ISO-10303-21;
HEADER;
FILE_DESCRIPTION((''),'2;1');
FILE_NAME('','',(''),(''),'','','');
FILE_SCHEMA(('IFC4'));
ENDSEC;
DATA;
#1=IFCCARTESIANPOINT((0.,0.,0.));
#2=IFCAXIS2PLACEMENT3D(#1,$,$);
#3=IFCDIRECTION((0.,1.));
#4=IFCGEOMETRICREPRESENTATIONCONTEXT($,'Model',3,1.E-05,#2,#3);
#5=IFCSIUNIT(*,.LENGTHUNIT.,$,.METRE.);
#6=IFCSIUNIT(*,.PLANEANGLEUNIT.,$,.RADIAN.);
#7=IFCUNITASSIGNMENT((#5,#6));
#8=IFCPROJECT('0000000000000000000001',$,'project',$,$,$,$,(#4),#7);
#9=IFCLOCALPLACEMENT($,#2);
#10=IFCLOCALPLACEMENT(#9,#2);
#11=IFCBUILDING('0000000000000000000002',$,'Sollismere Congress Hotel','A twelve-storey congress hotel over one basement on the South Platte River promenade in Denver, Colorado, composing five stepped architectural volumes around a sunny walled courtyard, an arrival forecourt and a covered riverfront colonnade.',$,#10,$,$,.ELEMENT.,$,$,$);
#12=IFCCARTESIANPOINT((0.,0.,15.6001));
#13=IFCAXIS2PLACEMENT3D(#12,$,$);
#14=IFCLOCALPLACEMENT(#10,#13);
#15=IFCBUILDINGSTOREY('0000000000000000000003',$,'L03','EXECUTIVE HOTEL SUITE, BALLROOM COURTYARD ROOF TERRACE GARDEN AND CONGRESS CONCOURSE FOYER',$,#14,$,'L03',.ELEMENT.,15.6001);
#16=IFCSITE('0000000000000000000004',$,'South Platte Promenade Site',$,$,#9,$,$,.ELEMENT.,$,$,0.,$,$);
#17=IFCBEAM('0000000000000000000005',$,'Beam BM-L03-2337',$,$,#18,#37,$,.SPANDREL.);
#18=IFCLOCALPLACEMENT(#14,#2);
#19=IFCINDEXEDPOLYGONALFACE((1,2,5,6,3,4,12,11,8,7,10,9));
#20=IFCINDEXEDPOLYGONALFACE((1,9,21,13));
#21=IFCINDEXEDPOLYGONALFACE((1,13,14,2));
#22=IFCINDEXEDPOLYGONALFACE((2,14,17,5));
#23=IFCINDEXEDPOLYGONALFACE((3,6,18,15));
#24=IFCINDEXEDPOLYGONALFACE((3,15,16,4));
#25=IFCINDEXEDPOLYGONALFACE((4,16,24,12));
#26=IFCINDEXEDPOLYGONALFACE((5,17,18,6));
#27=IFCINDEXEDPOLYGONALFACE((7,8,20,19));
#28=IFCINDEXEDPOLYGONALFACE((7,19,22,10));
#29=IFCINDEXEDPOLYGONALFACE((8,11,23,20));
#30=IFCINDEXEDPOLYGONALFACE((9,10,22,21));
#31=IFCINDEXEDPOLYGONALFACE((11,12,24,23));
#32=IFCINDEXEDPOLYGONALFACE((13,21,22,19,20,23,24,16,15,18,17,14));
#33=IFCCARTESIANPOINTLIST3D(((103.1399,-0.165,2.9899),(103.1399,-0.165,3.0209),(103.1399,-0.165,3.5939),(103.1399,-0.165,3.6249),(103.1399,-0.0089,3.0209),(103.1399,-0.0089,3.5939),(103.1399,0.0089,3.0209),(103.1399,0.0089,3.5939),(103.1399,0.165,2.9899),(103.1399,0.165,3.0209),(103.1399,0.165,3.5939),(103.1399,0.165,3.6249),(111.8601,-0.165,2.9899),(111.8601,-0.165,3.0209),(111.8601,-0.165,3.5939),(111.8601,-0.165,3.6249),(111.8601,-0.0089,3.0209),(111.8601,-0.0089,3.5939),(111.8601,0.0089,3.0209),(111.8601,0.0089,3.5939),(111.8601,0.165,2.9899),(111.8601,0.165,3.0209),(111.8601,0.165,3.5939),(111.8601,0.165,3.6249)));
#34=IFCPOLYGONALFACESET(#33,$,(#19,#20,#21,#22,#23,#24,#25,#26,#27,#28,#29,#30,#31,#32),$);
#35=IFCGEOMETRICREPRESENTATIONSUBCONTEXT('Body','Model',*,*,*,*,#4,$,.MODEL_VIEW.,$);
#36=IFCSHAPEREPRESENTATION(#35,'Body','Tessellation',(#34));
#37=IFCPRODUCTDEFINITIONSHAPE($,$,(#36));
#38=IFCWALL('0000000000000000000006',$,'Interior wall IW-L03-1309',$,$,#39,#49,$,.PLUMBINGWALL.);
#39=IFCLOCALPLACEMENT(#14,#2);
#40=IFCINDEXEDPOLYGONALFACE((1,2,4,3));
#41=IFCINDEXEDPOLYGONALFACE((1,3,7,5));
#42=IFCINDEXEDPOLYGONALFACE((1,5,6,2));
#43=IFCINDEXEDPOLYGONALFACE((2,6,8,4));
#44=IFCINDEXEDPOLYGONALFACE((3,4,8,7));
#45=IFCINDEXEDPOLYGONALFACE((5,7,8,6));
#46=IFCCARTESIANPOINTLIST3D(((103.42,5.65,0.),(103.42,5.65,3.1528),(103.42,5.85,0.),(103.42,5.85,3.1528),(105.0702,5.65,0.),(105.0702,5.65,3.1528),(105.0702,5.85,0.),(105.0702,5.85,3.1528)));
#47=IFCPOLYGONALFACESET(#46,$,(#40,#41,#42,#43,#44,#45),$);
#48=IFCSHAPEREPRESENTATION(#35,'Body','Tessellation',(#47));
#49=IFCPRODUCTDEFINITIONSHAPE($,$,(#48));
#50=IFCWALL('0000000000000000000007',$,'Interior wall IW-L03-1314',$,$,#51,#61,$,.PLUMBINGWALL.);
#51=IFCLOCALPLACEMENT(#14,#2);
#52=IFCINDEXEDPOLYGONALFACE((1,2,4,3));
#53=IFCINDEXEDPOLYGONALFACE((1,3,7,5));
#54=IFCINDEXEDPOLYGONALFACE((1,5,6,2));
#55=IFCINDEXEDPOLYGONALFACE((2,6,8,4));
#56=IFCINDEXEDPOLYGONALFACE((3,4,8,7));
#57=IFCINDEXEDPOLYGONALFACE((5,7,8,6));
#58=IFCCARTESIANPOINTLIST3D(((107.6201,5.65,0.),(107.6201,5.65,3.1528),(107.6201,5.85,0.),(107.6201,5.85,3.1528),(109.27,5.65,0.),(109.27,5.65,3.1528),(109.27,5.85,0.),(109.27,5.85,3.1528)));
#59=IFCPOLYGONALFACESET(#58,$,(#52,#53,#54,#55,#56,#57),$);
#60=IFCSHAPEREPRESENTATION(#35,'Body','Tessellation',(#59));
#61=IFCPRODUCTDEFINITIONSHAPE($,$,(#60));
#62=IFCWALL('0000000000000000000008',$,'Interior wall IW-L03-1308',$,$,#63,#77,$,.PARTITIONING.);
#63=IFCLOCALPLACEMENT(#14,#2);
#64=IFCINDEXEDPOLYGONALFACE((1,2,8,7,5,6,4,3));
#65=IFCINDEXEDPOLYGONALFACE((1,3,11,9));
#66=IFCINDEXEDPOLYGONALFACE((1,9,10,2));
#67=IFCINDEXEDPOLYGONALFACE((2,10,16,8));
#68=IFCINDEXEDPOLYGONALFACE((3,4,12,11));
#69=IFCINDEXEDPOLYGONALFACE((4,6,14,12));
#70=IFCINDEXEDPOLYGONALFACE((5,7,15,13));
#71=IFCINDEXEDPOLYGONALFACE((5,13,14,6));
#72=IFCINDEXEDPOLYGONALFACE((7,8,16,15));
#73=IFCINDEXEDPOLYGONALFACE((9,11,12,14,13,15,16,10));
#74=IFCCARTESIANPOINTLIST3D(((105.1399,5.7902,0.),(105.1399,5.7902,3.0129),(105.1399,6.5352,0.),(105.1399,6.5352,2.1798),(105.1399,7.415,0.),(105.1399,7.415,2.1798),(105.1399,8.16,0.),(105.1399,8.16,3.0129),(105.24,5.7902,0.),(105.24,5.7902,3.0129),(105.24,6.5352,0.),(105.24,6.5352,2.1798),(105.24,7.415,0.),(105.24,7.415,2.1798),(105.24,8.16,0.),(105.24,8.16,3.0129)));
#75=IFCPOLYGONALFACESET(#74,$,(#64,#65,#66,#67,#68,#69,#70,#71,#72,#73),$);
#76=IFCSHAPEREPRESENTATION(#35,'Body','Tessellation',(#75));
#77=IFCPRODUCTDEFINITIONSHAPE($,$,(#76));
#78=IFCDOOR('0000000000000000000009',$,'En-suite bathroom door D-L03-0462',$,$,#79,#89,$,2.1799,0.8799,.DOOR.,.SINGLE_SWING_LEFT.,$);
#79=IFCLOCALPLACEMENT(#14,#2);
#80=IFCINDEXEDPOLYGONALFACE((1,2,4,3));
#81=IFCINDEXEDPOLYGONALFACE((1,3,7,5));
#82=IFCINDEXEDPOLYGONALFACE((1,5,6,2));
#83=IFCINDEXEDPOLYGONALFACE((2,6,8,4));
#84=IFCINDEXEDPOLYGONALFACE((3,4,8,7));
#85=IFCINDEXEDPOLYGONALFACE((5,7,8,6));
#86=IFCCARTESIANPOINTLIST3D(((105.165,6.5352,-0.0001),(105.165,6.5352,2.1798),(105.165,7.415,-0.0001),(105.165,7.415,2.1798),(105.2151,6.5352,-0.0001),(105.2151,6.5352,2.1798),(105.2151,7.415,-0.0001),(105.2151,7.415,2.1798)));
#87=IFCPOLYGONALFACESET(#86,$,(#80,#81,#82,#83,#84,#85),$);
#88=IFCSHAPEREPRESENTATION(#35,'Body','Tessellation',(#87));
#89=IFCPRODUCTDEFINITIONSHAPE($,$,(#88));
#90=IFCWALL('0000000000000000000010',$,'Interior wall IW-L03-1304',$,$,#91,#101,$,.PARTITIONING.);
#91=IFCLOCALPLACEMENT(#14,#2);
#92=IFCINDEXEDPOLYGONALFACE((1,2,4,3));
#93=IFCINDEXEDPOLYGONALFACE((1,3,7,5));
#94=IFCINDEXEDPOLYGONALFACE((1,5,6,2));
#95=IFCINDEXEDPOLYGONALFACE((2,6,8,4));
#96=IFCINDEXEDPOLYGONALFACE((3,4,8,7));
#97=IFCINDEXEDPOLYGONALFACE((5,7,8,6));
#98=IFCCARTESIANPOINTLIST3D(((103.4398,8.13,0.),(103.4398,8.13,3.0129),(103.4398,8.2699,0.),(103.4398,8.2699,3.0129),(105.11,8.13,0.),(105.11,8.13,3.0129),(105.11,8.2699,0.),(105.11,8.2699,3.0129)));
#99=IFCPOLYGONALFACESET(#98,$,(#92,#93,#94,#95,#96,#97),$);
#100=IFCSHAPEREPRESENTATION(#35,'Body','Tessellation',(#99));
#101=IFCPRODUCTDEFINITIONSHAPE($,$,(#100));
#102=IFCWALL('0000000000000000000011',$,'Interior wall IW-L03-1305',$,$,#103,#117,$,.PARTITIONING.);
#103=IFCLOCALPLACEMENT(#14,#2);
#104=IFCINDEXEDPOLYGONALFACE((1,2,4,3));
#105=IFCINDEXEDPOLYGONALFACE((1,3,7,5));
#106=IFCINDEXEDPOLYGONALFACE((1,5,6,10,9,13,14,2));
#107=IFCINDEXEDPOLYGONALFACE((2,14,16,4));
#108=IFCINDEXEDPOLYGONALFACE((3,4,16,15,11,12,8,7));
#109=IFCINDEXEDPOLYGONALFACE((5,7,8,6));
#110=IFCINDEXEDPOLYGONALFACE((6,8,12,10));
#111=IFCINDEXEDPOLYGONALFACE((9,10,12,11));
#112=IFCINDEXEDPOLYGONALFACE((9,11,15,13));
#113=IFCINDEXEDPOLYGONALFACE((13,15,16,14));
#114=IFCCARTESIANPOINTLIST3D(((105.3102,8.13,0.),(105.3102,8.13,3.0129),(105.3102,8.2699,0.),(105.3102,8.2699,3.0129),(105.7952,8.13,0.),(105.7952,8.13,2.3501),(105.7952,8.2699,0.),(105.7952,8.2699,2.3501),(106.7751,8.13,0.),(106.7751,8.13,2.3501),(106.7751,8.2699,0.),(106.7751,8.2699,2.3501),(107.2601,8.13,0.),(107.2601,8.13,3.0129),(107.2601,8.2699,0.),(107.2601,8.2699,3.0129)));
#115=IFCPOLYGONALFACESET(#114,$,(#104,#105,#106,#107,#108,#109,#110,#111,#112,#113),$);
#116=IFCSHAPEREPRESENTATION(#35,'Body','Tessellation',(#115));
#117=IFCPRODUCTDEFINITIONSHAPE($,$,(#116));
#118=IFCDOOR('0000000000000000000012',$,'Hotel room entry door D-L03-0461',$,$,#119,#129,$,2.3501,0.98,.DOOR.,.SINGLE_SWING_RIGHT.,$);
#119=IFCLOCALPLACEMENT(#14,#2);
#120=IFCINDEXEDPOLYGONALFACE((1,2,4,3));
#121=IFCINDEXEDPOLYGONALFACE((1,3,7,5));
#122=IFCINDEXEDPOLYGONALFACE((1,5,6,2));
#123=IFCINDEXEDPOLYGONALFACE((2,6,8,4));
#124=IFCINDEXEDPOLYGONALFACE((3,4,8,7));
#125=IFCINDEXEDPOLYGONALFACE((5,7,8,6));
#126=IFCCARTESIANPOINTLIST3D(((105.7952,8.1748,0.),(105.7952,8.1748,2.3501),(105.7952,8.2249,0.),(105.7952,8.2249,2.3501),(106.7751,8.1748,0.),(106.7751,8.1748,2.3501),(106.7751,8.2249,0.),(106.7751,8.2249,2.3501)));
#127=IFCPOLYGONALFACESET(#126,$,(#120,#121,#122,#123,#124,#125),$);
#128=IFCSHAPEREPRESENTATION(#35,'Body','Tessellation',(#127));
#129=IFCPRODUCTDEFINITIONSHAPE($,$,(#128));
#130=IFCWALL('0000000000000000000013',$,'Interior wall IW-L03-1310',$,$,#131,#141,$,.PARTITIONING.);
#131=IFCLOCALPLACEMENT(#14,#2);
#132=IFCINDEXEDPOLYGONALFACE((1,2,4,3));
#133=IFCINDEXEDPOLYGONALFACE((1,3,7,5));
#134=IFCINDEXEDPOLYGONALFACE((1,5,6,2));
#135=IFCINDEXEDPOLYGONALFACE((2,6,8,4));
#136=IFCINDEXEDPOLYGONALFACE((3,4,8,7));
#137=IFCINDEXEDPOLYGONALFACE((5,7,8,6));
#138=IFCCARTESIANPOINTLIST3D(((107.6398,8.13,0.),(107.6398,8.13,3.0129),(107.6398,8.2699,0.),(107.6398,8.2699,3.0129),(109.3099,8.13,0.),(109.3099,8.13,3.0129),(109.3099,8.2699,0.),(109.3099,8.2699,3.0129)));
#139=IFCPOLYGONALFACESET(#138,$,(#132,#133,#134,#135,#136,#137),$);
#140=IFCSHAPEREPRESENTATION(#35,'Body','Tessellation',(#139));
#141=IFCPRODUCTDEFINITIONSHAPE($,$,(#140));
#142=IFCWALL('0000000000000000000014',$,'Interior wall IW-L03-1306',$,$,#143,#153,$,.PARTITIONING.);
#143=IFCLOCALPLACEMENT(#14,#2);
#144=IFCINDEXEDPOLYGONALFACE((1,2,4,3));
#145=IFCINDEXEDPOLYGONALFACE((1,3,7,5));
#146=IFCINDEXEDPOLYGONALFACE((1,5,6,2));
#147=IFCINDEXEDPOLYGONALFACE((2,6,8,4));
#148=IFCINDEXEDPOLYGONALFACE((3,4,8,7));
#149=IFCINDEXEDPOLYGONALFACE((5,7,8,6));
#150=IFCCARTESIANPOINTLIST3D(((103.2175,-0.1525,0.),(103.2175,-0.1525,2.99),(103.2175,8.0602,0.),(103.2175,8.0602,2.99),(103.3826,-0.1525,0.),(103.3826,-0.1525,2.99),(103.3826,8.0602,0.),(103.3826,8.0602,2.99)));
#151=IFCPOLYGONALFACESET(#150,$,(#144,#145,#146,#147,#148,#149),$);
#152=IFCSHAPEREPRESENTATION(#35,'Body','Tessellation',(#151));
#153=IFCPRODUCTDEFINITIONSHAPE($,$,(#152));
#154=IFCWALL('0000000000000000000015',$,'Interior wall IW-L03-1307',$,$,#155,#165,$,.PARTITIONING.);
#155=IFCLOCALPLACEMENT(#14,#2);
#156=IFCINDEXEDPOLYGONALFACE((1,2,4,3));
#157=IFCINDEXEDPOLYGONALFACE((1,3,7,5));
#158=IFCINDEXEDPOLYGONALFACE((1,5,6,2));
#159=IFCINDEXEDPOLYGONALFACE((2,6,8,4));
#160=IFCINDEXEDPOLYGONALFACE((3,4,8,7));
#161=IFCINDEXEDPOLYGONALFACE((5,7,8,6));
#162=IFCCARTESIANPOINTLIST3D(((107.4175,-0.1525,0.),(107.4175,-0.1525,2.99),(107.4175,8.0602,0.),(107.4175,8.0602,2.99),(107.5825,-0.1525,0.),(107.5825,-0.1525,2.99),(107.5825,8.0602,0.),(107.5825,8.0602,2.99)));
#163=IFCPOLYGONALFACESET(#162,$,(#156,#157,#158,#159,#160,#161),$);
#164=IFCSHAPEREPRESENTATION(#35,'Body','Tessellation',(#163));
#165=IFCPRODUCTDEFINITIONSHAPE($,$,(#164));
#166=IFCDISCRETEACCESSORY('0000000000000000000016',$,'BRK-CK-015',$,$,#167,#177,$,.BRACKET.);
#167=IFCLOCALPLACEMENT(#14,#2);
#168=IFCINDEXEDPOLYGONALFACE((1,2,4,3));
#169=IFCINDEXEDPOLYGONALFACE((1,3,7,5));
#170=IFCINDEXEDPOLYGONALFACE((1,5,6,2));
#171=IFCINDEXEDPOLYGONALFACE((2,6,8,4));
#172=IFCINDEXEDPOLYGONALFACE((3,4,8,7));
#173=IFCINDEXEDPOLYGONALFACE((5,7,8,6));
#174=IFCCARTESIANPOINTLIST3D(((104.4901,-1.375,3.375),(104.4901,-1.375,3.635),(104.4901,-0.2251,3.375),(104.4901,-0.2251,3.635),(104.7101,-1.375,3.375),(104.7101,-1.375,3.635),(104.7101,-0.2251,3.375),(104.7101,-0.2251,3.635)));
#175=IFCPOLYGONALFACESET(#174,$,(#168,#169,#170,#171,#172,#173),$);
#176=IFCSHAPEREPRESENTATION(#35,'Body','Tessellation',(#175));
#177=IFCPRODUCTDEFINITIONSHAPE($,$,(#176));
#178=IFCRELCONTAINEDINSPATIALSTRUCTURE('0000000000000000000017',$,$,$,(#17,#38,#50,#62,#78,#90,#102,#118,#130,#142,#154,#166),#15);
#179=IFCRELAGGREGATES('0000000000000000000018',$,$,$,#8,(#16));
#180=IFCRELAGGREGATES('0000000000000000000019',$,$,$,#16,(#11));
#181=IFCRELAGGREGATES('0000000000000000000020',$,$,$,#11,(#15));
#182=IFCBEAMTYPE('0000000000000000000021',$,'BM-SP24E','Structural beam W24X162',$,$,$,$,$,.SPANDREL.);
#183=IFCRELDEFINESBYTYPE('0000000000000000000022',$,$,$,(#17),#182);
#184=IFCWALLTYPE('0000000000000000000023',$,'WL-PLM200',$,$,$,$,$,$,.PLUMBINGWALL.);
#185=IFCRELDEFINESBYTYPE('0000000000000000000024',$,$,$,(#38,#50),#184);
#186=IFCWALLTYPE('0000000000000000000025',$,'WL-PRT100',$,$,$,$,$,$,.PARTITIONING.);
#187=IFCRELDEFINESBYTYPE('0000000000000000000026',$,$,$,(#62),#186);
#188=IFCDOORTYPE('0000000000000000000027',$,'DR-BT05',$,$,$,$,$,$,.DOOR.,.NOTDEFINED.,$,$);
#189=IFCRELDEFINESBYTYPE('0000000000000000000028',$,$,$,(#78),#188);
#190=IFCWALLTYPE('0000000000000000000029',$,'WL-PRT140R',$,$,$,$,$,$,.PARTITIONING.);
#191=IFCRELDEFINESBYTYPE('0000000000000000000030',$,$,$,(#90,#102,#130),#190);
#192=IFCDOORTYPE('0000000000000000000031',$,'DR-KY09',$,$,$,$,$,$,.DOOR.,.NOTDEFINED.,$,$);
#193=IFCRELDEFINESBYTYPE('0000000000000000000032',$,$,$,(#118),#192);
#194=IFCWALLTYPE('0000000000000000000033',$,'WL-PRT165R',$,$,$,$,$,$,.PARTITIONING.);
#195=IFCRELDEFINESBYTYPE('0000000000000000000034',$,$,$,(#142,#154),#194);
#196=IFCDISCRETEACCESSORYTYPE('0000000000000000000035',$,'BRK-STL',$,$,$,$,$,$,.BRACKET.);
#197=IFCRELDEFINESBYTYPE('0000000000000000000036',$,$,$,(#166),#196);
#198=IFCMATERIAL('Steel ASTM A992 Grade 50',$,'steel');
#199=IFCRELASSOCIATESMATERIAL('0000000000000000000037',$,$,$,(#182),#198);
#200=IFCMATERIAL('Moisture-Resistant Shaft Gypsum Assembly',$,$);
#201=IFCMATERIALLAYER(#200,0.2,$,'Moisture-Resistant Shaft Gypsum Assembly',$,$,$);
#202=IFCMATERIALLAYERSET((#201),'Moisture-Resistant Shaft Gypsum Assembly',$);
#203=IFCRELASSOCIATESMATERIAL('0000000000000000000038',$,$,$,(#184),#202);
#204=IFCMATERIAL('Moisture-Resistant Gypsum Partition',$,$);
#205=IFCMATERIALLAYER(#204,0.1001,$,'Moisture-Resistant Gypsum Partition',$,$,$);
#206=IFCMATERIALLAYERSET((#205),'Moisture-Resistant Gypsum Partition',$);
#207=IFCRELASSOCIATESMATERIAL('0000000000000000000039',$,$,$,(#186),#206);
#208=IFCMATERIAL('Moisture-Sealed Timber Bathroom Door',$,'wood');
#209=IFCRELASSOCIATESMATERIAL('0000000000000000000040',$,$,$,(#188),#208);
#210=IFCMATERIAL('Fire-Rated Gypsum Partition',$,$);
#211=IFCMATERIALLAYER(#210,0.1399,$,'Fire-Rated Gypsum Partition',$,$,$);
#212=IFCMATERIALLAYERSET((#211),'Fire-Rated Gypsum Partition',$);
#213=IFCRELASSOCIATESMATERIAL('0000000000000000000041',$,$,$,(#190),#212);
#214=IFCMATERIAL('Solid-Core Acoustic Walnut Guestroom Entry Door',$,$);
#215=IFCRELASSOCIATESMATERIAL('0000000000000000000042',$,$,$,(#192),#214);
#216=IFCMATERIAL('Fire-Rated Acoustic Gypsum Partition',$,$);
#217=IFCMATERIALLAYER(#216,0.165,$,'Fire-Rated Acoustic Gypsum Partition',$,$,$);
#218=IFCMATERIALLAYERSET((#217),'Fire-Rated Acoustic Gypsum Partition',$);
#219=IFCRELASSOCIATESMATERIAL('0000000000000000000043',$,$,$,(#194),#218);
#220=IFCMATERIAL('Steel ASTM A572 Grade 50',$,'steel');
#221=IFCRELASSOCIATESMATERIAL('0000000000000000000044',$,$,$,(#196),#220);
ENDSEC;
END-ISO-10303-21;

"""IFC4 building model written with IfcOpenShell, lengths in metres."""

from ifc_helpers import new_model, si_unit, direction, frame, frame_2d, origin, origin_2d, place, context, subcontext, project, spatial, rectangle, i_section, extrude, material, layer, layer_set, material_profile, profile_set, type_object, element, fill, save


model = new_model("IFC4")

# Units and contexts
model_context = context("Model", 3, precision=1e-05, world=origin(), true_north=direction((0.0, 1.0)))
body_context = subcontext(model_context, "Body", "Model", "MODEL_VIEW")
ifc_project = project(units=[si_unit("LENGTHUNIT", "METRE"), si_unit("PLANEANGLEUNIT", "RADIAN")], contexts=[model_context])

# Site, building, storey
site_placement = place(None, origin())
site = spatial("IfcSite", under=ifc_project, at=site_placement, Name="South Platte Promenade Site", CompositionType="ELEMENT", RefElevation=0.0)
building_placement = place(site_placement, origin())
building = spatial("IfcBuilding", under=site, at=building_placement, Name="Sollismere Congress Hotel", Description="A twelve-storey congress hotel over one basement on the South Platte River promenade in Denver, Colorado, composing five stepped architectural volumes around a sunny walled courtyard, an arrival forecourt and a covered riverfront colonnade.", CompositionType="ELEMENT")
storey_placement = place(building_placement, frame((0.0, 0.0, 15.6001)))
storey = spatial("IfcBuildingStorey", under=building, at=storey_placement, Name="L03", Description="EXECUTIVE HOTEL SUITE, BALLROOM COURTYARD ROOF TERRACE GARDEN AND CONGRESS CONCOURSE FOYER", LongName="L03", CompositionType="ELEMENT", Elevation=15.6001)

# Shared definitions
ifc_material_1 = material(Name="Steel ASTM A992 Grade 50", Category="steel")

# Beam
ifc_material_profile_1 = material_profile(ifc_material_1, i_section(OverallWidth=0.3301, OverallDepth=0.635, WebThickness=0.0178, FlangeThickness=0.031, at=origin_2d()), Name="W24X162")
ifc_profile_set_1 = profile_set([ifc_material_profile_1], Name="Steel ASTM A992 Grade 50")
beam_type_1 = type_object("IfcBeamType", Name="BM-SP24E", Description="Structural beam W24X162", PredefinedType="SPANDREL", material=ifc_profile_set_1)
beam_1_placement = place(storey_placement, frame((103.1399, 0.0, 3.3074), z_axis=(1.0, 0.0, 0.0), x_axis=(0.0, 1.0, 0.0)))
element("IfcBeam", 1, at=beam_1_placement, inside=storey, type_object=beam_type_1, Name="Beam BM-L03-2337", PredefinedType="SPANDREL", context=body_context, shape_type="SweptSolid", body=[
    extrude(i_section(OverallWidth=0.3301, OverallDepth=0.635, WebThickness=0.0178, FlangeThickness=0.031, at=origin_2d()), origin(), (0.0, 0.0, 1.0), 8.7202),
])

# Walls
ifc_material_2 = material(Name="Moisture-Resistant Shaft Gypsum Assembly")
ifc_layer_1 = layer(ifc_material_2, 0.2, Name="Moisture-Resistant Shaft Gypsum Assembly")
ifc_layer_set_1 = layer_set([ifc_layer_1], Name="Moisture-Resistant Shaft Gypsum Assembly")
wall_type_1 = type_object("IfcWallType", Name="WL-PLM200", PredefinedType="PLUMBINGWALL", material=ifc_layer_set_1)
wall_1_placement = place(storey_placement, frame((103.4199, 5.75, 0.0), z_axis=(0.0, 0.0, 1.0), x_axis=(1.0, 0.0, 0.0)))
element("IfcWall", 2, at=wall_1_placement, inside=storey, type_object=wall_type_1, Name="Interior wall IW-L03-1309", PredefinedType="PLUMBINGWALL", context=body_context, shape_type="SweptSolid", body=[
    extrude(rectangle(XDim=1.6501, YDim=0.2, at=frame_2d((0.8252, 0.0))), origin(), (0.0, 0.0, 1.0), 3.1528),
])
wall_2_placement = place(storey_placement, frame((107.6201, 5.75, 0.0), z_axis=(0.0, 0.0, 1.0), x_axis=(1.0, 0.0, 0.0)))
element("IfcWall", 3, at=wall_2_placement, inside=storey, type_object=wall_type_1, Name="Interior wall IW-L03-1314", PredefinedType="PLUMBINGWALL", context=body_context, shape_type="SweptSolid", body=[
    extrude(rectangle(XDim=1.6499, YDim=0.2, at=frame_2d((0.825, 0.0))), origin(), (0.0, 0.0, 1.0), 3.1528),
])

# Wall, opening, door
ifc_material_3 = material(Name="Moisture-Resistant Gypsum Partition")
ifc_layer_2 = layer(ifc_material_3, 0.1001, Name="Moisture-Resistant Gypsum Partition")
ifc_layer_set_2 = layer_set([ifc_layer_2], Name="Moisture-Resistant Gypsum Partition")
wall_type_2 = type_object("IfcWallType", Name="WL-PRT100", PredefinedType="PARTITIONING", material=ifc_layer_set_2)
wall_3_placement = place(storey_placement, frame((105.1899, 5.79, 0.0), z_axis=(0.0, 0.0, 1.0), x_axis=(0.0, 1.0, 0.0)))
wall_3 = element("IfcWall", 4, at=wall_3_placement, inside=storey, type_object=wall_type_2, Name="Interior wall IW-L03-1308", PredefinedType="PARTITIONING", context=body_context, shape_type="SweptSolid", body=[
    extrude(rectangle(XDim=2.3699, YDim=0.1001, at=frame_2d((1.1851, 0.0))), origin(), (0.0, 0.0, 1.0), 3.0129),
])
opening_1_placement = place(wall_3_placement, frame((0.7451, 0.0, 0.0)))
opening_1 = element("IfcOpeningElement", 5, at=opening_1_placement, cuts=wall_3, PredefinedType="OPENING", context=body_context, shape_type="SweptSolid", body=[
    extrude(rectangle(XDim=0.8799, YDim=2.1799, at=frame_2d((0.4399, 1.0898))), frame((0.0, 0.0601, 0.0), z_axis=(0.0, -1.0, 0.0), x_axis=(1.0, 0.0, 0.0)), (0.0, 0.0, 1.0), 0.1201),
])
ifc_material_4 = material(Name="Moisture-Sealed Timber Bathroom Door", Category="wood")
door_type_1 = type_object("IfcDoorType", Name="DR-BT05", OperationType="NOTDEFINED", PredefinedType="DOOR", material=ifc_material_4)
door_1_placement = place(opening_1_placement, origin())
door_1 = element("IfcDoor", 6, at=door_1_placement, inside=storey, type_object=door_type_1, Name="En-suite bathroom door D-L03-0462", OperationType="SINGLE_SWING_LEFT", OverallHeight=2.1799, OverallWidth=0.8799, PredefinedType="DOOR", context=body_context, shape_type="SweptSolid", body=[
    extrude(rectangle(XDim=0.8799, YDim=2.1799, at=frame_2d((0.4399, 1.0898))), frame((0.0, 0.0249, 0.0), z_axis=(0.0, -1.0, 0.0), x_axis=(1.0, 0.0, 0.0)), (0.0, 0.0, 1.0), 0.05),
])
fill(opening_1, door_1)

# Wall
ifc_material_5 = material(Name="Fire-Rated Gypsum Partition")
ifc_layer_3 = layer(ifc_material_5, 0.1399, Name="Fire-Rated Gypsum Partition")
ifc_layer_set_3 = layer_set([ifc_layer_3], Name="Fire-Rated Gypsum Partition")
wall_type_3 = type_object("IfcWallType", Name="WL-PRT140R", PredefinedType="PARTITIONING", material=ifc_layer_set_3)
wall_4_placement = place(storey_placement, frame((103.4399, 8.2, 0.0), z_axis=(0.0, 0.0, 1.0), x_axis=(1.0, 0.0, 0.0)))
element("IfcWall", 7, at=wall_4_placement, inside=storey, type_object=wall_type_3, Name="Interior wall IW-L03-1304", PredefinedType="PARTITIONING", context=body_context, shape_type="SweptSolid", body=[
    extrude(rectangle(XDim=1.6702, YDim=0.1399, at=frame_2d((0.835, 0.0))), origin(), (0.0, 0.0, 1.0), 3.0129),
])

# Wall, opening, door
wall_5_placement = place(storey_placement, frame((105.3101, 8.2, 0.0), z_axis=(0.0, 0.0, 1.0), x_axis=(1.0, 0.0, 0.0)))
wall_5 = element("IfcWall", 8, at=wall_5_placement, inside=storey, type_object=wall_type_3, Name="Interior wall IW-L03-1305", PredefinedType="PARTITIONING", context=body_context, shape_type="SweptSolid", body=[
    extrude(rectangle(XDim=1.95, YDim=0.1399, at=frame_2d((0.9751, 0.0))), origin(), (0.0, 0.0, 1.0), 3.0129),
])
opening_2_placement = place(wall_5_placement, frame((0.4851, 0.0, 0.0)))
opening_2 = element("IfcOpeningElement", 9, at=opening_2_placement, cuts=wall_5, PredefinedType="OPENING", context=body_context, shape_type="SweptSolid", body=[
    extrude(rectangle(XDim=0.98, YDim=2.3501, at=frame_2d((0.49, 1.175))), frame((0.0, 0.0798, 0.0), z_axis=(0.0, -1.0, 0.0), x_axis=(1.0, 0.0, 0.0)), (0.0, 0.0, 1.0), 0.1599),
])
ifc_material_6 = material(Name="Solid-Core Acoustic Walnut Guestroom Entry Door")
door_type_2 = type_object("IfcDoorType", Name="DR-KY09", OperationType="NOTDEFINED", PredefinedType="DOOR", material=ifc_material_6)
door_2_placement = place(opening_2_placement, origin())
door_2 = element("IfcDoor", 10, at=door_2_placement, inside=storey, type_object=door_type_2, Name="Hotel room entry door D-L03-0461", OperationType="SINGLE_SWING_RIGHT", OverallHeight=2.3501, OverallWidth=0.98, PredefinedType="DOOR", context=body_context, shape_type="SweptSolid", body=[
    extrude(rectangle(XDim=0.98, YDim=2.3501, at=frame_2d((0.49, 1.175))), frame((0.0, 0.0249, 0.0), z_axis=(0.0, -1.0, 0.0), x_axis=(1.0, 0.0, 0.0)), (0.0, 0.0, 1.0), 0.05),
])
fill(opening_2, door_2)

# Walls
wall_6_placement = place(storey_placement, frame((107.6399, 8.2, 0.0), z_axis=(0.0, 0.0, 1.0), x_axis=(1.0, 0.0, 0.0)))
element("IfcWall", 11, at=wall_6_placement, inside=storey, type_object=wall_type_3, Name="Interior wall IW-L03-1310", PredefinedType="PARTITIONING", context=body_context, shape_type="SweptSolid", body=[
    extrude(rectangle(XDim=1.6702, YDim=0.1399, at=frame_2d((0.835, 0.0))), origin(), (0.0, 0.0, 1.0), 3.0129),
])
ifc_material_7 = material(Name="Fire-Rated Acoustic Gypsum Partition")
ifc_layer_4 = layer(ifc_material_7, 0.165, Name="Fire-Rated Acoustic Gypsum Partition")
ifc_layer_set_4 = layer_set([ifc_layer_4], Name="Fire-Rated Acoustic Gypsum Partition")
wall_type_4 = type_object("IfcWallType", Name="WL-PRT165R", PredefinedType="PARTITIONING", material=ifc_layer_set_4)
for number, where, z_axis, x_axis, name in (
    (12, (103.3, -0.1526, 0.0), (0.0, 0.0, 1.0), (0.0, 1.0, 0.0), "Interior wall IW-L03-1306"),
    (13, (107.5, -0.1526, 0.0), (0.0, 0.0, 1.0), (0.0, 1.0, 0.0), "Interior wall IW-L03-1307"),
):
    element("IfcWall", number, at=place(storey_placement, frame(where, z_axis=z_axis, x_axis=x_axis)), inside=storey, type_object=wall_type_4, Name=name, PredefinedType="PARTITIONING", context=body_context, shape_type="SweptSolid", body=[
        extrude(rectangle(XDim=8.2126, YDim=0.165, at=frame_2d((4.1064, 0.0))), origin(), (0.0, 0.0, 1.0), 2.99),
    ])

# Discrete accessory
ifc_material_8 = material(Name="Steel ASTM A572 Grade 50", Category="steel")
discrete_accessory_type = type_object("IfcDiscreteAccessoryType", Name="BRK-STL", PredefinedType="BRACKET", material=ifc_material_8)
for number, where, z_axis, x_axis, name in (
    (14, (104.6001, -0.8, 3.375), (0.0, 0.0, 1.0), (1.0, 0.0, 0.0), "BRK-CK-015"),
):
    element("IfcDiscreteAccessory", number, at=place(storey_placement, frame(where, z_axis=z_axis, x_axis=x_axis)), inside=storey, type_object=discrete_accessory_type, Name=name, PredefinedType="BRACKET", context=body_context, shape_type="SweptSolid", body=[
        extrude(rectangle(XDim=0.22, YDim=1.1499, at=origin_2d()), origin(), (0.0, 0.0, 1.0), 0.26),
    ])

save(model, "model.ifc")
